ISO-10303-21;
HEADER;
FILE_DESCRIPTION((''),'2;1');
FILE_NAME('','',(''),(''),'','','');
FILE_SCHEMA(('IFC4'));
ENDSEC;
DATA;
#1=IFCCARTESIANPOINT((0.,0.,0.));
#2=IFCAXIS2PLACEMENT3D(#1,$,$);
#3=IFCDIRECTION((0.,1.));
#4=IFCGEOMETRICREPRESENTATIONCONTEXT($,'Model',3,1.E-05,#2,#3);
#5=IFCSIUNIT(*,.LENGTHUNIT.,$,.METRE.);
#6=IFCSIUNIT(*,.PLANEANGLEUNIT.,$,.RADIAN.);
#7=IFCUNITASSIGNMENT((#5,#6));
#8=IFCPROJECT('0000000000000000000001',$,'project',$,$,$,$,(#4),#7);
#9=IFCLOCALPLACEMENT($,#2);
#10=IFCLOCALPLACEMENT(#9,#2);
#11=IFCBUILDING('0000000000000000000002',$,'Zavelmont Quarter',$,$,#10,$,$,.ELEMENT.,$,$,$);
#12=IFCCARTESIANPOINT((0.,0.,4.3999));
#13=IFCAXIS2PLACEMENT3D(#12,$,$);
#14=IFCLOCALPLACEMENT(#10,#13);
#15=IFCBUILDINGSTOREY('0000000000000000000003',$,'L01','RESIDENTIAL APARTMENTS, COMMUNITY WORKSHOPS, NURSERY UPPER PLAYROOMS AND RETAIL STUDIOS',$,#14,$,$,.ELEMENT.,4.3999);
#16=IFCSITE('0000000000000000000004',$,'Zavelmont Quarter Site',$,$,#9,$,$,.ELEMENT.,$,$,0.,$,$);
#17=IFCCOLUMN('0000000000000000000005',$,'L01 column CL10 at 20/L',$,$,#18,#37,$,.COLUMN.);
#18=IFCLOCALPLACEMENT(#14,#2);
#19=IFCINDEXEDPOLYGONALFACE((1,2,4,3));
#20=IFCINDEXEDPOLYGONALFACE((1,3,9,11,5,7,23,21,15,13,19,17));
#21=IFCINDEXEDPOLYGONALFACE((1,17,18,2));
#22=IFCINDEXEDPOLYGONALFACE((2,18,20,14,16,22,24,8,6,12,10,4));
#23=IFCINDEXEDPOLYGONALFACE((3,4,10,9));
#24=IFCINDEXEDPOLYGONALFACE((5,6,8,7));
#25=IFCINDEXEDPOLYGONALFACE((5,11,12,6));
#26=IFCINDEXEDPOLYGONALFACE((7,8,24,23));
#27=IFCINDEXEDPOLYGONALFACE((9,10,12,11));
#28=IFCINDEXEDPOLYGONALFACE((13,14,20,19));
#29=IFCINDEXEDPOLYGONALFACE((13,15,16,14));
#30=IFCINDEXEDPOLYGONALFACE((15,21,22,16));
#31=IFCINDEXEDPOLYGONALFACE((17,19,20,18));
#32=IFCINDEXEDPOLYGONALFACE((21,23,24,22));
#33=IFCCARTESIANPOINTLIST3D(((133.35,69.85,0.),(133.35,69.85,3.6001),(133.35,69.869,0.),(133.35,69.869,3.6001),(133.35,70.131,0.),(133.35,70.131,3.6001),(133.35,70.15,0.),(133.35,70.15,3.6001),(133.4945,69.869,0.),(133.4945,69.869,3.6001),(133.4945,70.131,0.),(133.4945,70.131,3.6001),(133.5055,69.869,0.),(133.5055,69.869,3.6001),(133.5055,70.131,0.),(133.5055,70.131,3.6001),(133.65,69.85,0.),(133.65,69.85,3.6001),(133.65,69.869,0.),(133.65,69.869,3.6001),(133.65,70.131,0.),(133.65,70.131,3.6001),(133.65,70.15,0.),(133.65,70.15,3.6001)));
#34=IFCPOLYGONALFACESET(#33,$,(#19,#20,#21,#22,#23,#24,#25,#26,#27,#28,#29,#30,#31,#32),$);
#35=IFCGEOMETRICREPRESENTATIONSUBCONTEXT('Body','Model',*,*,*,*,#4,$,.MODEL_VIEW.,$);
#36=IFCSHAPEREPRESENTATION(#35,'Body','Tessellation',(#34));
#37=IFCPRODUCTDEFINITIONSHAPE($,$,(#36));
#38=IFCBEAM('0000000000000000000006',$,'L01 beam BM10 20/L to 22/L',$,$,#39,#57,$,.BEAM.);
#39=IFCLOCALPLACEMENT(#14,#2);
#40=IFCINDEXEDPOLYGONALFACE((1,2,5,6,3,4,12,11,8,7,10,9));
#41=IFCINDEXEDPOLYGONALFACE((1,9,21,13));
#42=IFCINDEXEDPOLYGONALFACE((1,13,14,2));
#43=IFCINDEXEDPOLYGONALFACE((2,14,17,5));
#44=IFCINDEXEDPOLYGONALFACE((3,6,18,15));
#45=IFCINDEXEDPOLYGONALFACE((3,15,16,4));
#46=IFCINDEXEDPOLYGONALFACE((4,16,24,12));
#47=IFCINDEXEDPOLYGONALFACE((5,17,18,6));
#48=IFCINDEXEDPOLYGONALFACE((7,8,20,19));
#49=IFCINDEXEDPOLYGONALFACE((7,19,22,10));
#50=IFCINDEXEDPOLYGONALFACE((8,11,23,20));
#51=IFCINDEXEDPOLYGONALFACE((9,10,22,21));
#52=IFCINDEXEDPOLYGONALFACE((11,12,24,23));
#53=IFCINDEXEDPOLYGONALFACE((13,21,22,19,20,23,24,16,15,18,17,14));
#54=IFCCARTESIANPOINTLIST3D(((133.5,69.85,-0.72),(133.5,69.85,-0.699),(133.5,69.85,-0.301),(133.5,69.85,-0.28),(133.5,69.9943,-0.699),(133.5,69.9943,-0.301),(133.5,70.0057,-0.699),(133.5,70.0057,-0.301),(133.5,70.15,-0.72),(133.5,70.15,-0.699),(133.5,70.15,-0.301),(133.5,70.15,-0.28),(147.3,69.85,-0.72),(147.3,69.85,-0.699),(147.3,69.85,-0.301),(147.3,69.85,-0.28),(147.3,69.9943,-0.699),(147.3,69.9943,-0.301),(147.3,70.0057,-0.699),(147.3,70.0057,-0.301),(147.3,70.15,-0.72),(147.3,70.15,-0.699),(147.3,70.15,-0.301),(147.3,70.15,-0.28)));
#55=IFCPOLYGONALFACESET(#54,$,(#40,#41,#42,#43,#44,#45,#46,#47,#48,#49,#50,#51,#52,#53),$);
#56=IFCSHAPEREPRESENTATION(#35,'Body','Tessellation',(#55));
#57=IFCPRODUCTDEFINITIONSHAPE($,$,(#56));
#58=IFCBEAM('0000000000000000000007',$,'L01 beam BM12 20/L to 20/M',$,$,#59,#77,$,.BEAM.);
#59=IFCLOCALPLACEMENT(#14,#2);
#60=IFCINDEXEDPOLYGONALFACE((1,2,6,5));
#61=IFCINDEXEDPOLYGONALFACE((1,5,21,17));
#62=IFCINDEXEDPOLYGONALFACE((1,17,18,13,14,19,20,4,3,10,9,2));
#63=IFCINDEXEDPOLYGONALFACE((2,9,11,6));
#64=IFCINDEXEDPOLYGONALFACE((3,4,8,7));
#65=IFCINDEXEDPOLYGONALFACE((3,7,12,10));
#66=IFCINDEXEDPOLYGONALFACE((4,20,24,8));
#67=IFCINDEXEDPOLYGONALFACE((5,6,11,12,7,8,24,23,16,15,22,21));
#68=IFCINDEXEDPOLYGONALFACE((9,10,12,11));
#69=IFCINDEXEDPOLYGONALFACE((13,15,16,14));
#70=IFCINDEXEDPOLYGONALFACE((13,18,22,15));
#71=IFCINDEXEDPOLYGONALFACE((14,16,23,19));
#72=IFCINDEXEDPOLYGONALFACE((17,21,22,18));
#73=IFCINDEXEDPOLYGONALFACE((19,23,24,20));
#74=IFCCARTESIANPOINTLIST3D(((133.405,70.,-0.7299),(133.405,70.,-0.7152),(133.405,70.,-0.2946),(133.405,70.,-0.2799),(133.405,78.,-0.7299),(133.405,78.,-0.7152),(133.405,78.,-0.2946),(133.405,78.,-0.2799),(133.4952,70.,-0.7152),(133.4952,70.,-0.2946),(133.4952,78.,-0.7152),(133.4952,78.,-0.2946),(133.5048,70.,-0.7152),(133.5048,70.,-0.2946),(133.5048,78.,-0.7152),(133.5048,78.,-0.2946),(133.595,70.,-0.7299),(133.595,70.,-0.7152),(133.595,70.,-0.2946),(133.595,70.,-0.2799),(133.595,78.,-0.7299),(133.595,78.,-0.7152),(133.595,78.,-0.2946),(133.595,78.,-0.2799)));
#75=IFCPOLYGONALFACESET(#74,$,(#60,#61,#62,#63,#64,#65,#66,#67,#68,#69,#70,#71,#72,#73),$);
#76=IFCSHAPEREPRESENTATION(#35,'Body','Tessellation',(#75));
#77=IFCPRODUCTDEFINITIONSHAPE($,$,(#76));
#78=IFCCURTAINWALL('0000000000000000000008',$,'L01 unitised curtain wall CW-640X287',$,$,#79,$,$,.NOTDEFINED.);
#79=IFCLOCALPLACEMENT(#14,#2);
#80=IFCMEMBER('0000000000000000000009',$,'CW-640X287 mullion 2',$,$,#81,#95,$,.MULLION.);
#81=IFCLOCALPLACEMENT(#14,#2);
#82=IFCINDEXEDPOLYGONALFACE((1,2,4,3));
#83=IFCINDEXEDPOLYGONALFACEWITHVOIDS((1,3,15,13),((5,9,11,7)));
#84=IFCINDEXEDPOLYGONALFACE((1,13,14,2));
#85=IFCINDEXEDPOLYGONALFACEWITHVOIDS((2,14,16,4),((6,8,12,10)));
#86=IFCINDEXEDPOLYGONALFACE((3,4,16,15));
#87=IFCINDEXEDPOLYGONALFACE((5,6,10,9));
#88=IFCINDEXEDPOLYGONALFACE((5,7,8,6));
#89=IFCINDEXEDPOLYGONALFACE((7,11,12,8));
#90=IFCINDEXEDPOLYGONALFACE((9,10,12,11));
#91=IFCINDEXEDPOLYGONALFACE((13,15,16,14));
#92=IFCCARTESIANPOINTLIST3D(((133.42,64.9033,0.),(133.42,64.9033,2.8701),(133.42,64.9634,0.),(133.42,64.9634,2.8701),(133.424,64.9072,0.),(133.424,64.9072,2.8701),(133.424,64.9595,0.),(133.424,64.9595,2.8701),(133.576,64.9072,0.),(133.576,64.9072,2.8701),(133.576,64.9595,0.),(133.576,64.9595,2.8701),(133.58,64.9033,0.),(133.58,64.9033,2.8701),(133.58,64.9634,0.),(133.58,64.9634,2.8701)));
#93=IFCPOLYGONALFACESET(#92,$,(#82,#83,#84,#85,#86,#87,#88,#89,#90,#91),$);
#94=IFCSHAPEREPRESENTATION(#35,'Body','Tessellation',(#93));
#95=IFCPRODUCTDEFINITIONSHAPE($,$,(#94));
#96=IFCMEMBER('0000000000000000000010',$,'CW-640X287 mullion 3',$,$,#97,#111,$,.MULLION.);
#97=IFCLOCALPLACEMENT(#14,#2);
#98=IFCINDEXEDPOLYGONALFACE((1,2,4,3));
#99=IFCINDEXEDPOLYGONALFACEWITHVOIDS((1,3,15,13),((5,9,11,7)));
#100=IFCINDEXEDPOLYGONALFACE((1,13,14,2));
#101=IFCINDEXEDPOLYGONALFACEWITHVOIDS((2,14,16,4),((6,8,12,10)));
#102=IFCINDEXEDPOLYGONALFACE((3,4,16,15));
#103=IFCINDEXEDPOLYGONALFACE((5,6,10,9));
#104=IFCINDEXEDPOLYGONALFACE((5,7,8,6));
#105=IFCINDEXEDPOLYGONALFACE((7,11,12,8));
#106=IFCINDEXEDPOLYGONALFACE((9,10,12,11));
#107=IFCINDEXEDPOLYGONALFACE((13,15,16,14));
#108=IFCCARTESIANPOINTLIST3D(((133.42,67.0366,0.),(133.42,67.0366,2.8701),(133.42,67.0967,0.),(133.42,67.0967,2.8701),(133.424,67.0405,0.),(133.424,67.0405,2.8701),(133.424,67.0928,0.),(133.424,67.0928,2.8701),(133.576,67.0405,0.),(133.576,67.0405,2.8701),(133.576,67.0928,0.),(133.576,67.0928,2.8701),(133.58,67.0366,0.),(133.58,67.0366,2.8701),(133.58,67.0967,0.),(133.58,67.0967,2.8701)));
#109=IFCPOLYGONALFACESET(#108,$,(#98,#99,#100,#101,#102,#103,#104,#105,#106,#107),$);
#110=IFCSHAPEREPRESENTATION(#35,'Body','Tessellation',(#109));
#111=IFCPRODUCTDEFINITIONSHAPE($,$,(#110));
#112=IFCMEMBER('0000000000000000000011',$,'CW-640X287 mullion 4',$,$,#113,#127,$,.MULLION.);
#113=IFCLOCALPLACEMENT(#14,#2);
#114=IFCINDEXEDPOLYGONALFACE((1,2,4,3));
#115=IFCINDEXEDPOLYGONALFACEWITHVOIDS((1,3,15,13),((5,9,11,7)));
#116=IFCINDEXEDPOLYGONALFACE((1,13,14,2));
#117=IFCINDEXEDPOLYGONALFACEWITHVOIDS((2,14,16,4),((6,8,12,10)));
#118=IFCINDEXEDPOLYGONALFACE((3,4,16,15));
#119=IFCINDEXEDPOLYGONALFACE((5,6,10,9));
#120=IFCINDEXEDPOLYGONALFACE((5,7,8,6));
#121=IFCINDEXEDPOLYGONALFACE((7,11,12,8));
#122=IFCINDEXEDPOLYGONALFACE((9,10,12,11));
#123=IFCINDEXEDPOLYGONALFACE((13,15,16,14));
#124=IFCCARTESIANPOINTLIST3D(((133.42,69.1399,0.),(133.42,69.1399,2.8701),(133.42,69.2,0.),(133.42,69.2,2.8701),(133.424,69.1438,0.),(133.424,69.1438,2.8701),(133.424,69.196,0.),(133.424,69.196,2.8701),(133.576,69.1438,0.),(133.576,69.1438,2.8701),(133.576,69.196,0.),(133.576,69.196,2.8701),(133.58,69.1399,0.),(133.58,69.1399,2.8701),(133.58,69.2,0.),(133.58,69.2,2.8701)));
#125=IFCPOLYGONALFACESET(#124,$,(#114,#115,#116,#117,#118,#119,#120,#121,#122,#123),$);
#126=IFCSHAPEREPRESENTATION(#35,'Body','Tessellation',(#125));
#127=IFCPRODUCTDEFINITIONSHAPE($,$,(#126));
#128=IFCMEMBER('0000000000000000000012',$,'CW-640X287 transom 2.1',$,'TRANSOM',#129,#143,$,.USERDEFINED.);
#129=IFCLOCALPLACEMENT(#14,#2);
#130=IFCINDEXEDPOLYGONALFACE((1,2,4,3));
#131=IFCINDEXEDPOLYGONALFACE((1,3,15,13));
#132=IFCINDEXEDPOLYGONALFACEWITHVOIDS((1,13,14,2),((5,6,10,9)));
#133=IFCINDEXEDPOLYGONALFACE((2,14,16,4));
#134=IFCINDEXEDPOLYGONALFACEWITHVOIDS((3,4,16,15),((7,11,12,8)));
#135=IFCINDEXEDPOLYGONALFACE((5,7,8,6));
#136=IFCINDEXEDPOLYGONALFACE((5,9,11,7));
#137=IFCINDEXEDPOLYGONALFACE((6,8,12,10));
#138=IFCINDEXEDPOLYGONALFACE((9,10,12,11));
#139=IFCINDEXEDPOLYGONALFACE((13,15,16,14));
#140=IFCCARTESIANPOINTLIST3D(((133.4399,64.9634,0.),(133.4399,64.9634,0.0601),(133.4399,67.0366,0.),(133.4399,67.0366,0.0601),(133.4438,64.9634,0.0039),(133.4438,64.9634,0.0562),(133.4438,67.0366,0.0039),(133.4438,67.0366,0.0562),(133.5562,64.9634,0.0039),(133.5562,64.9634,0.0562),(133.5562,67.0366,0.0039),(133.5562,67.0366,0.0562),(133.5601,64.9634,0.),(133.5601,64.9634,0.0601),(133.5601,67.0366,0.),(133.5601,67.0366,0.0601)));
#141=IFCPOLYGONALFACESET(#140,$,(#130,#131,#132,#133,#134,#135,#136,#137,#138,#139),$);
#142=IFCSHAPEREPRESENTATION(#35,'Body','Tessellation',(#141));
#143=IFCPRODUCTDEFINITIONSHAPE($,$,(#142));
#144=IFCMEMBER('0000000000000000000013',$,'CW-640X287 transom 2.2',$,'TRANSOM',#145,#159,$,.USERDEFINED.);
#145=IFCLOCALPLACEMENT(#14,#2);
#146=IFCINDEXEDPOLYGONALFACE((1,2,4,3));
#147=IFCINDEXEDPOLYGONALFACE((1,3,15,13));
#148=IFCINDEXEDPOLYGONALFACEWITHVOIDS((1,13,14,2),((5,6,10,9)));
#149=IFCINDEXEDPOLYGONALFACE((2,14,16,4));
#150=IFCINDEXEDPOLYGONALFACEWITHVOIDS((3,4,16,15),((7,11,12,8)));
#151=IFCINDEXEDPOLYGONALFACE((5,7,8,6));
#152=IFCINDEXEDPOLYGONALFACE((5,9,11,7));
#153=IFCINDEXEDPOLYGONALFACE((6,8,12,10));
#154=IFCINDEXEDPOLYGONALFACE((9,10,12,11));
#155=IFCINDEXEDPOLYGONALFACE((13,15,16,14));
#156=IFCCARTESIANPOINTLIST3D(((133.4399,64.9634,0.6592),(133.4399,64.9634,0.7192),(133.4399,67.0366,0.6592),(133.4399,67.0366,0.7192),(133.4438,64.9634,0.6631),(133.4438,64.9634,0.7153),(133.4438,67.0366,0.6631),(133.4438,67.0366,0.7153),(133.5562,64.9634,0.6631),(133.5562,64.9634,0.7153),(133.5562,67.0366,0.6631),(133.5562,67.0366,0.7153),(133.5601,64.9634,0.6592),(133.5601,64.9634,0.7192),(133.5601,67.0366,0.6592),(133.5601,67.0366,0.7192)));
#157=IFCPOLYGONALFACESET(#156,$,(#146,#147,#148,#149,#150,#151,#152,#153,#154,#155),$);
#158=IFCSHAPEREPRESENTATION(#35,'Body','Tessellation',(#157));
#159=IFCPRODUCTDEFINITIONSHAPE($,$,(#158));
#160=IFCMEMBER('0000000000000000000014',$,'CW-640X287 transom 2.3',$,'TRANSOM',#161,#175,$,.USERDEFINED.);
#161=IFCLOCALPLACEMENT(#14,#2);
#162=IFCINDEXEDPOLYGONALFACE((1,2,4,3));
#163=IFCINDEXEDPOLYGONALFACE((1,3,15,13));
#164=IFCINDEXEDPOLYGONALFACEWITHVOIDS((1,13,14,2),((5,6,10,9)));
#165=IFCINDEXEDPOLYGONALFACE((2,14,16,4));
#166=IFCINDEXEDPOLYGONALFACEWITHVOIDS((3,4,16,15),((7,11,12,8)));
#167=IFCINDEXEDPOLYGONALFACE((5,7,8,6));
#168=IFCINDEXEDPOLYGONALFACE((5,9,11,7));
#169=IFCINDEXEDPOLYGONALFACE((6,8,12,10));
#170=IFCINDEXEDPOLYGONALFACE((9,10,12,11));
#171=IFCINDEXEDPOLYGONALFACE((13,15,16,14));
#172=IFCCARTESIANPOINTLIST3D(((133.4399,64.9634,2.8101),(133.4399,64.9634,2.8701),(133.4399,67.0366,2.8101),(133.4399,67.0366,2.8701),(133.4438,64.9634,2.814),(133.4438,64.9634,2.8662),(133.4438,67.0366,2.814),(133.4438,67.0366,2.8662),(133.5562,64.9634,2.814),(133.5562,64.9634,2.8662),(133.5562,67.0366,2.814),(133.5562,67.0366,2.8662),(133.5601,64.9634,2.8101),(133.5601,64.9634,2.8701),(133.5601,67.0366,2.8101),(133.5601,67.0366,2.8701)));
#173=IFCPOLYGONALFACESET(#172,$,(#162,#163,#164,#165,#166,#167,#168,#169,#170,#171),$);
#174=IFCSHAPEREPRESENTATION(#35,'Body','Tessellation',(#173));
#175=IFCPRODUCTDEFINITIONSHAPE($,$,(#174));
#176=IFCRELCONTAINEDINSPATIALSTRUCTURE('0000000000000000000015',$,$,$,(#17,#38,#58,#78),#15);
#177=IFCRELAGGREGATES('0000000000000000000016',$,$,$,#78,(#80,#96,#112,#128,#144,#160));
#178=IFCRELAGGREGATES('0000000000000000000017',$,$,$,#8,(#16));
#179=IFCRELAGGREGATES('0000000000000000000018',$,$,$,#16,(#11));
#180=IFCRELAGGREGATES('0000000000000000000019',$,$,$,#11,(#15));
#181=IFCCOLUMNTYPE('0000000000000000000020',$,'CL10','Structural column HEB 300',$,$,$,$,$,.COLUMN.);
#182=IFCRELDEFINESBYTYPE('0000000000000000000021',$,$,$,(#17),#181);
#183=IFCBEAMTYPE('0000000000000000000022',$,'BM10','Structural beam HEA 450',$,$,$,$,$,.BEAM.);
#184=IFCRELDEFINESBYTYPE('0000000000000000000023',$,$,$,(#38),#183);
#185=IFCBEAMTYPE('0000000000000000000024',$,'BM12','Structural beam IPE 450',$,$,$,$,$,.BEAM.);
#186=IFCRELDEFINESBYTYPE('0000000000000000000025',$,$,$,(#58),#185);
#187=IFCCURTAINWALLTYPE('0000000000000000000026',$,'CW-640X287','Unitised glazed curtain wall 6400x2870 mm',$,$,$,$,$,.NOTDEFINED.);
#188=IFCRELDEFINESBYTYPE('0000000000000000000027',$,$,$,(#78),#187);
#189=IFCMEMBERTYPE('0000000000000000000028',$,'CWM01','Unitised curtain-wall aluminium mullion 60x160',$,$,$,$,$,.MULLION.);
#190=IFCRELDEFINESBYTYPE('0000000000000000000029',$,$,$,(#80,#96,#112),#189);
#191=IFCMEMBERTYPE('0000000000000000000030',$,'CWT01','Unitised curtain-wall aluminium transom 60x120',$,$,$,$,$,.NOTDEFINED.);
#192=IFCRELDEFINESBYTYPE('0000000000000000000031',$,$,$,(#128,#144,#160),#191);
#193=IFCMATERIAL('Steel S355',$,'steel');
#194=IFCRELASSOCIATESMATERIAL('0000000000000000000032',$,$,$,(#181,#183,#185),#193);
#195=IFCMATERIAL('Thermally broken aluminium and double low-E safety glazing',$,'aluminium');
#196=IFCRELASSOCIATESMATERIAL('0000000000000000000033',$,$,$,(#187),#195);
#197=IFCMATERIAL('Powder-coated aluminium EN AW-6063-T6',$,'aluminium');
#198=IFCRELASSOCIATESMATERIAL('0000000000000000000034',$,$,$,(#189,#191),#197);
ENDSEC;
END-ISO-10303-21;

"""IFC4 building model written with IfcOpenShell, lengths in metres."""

from ifc_helpers import new_model, si_unit, direction, frame, origin, origin_2d, place, context, subcontext, project, spatial, hollow_rectangle, i_section, extrude, material, material_profile, profile_set, type_object, element, aggregate, save


model = new_model("IFC4")

# Units and contexts
model_context = context("Model", 3, precision=1e-05, world=origin(), true_north=direction((0.0, 1.0)))
body_context = subcontext(model_context, "Body", "Model", "MODEL_VIEW")
ifc_project = project(units=[si_unit("LENGTHUNIT", "METRE"), si_unit("PLANEANGLEUNIT", "RADIAN")], contexts=[model_context])

# Site, building, storey
site_placement = place(None, origin())
site = spatial("IfcSite", under=ifc_project, at=site_placement, Name="Zavelmont Quarter Site", CompositionType="ELEMENT", RefElevation=0.0)
building_placement = place(site_placement, origin())
building = spatial("IfcBuilding", under=site, at=building_placement, Name="Zavelmont Quarter", CompositionType="ELEMENT")
storey_placement = place(building_placement, frame((0.0, 0.0, 4.3999)))
storey = spatial("IfcBuildingStorey", under=building, at=storey_placement, Name="L01", Description="RESIDENTIAL APARTMENTS, COMMUNITY WORKSHOPS, NURSERY UPPER PLAYROOMS AND RETAIL STUDIOS", CompositionType="ELEMENT", Elevation=4.3999)

# Column
ifc_material_1 = material(Name="Steel S355", Category="steel")
ifc_material_profile_1 = material_profile(ifc_material_1, i_section(OverallWidth=0.3, OverallDepth=0.3, WebThickness=0.011, FlangeThickness=0.019, at=origin_2d()), Name="HEB 300")
ifc_profile_set_1 = profile_set([ifc_material_profile_1], Name="Steel S355")
column_type = type_object("IfcColumnType", Name="CL10", Description="Structural column HEB 300", PredefinedType="COLUMN", material=ifc_profile_set_1)
column_placement = place(storey_placement, frame((133.5, 70.0, 0.0), z_axis=(0.0, 0.0, 1.0), x_axis=(1.0, 0.0, 0.0)))
element("IfcColumn", 1, at=column_placement, inside=storey, type_object=column_type, Name="L01 column CL10 at 20/L", PredefinedType="COLUMN", context=body_context, shape_type="SweptSolid", body=[
    extrude(i_section(OverallWidth=0.3, OverallDepth=0.3, WebThickness=0.011, FlangeThickness=0.019, at=origin_2d()), origin(), (0.0, 0.0, 1.0), 3.6001),
])

# Beams
ifc_material_profile_2 = material_profile(ifc_material_1, i_section(OverallWidth=0.3, OverallDepth=0.4399, WebThickness=0.0115, FlangeThickness=0.021, at=origin_2d()), Name="HEA 450")
ifc_profile_set_2 = profile_set([ifc_material_profile_2], Name="Steel S355")
beam_type_1 = type_object("IfcBeamType", Name="BM10", Description="Structural beam HEA 450", PredefinedType="BEAM", material=ifc_profile_set_2)
beam_1_placement = place(storey_placement, frame((133.5, 70.0, -0.5), z_axis=(1.0, 0.0, 0.0), x_axis=(0.0, 1.0, 0.0)))
element("IfcBeam", 2, at=beam_1_placement, inside=storey, type_object=beam_type_1, Name="L01 beam BM10 20/L to 22/L", PredefinedType="BEAM", context=body_context, shape_type="SweptSolid", body=[
    extrude(i_section(OverallWidth=0.3, OverallDepth=0.4399, WebThickness=0.0115, FlangeThickness=0.021, at=origin_2d()), origin(), (0.0, 0.0, 1.0), 13.8),
])
ifc_material_profile_3 = material_profile(ifc_material_1, i_section(OverallWidth=0.1899, OverallDepth=0.45, WebThickness=0.0095, FlangeThickness=0.0146, at=origin_2d()), Name="IPE 450")
ifc_profile_set_3 = profile_set([ifc_material_profile_3], Name="Steel S355")
beam_type_2 = type_object("IfcBeamType", Name="BM12", Description="Structural beam IPE 450", PredefinedType="BEAM", material=ifc_profile_set_3)
beam_2_placement = place(storey_placement, frame((133.5, 70.0, -0.5049), z_axis=(0.0, 1.0, 0.0), x_axis=(-1.0, 0.0, 0.0)))
element("IfcBeam", 3, at=beam_2_placement, inside=storey, type_object=beam_type_2, Name="L01 beam BM12 20/L to 20/M", PredefinedType="BEAM", context=body_context, shape_type="SweptSolid", body=[
    extrude(i_section(OverallWidth=0.1899, OverallDepth=0.45, WebThickness=0.0095, FlangeThickness=0.0146, at=origin_2d()), origin(), (0.0, 0.0, 1.0), 8.0),
])

# Curtain wall, members
ifc_material_2 = material(Name="Thermally broken aluminium and double low-E safety glazing", Category="aluminium")
curtain_wall_type = type_object("IfcCurtainWallType", Name="CW-640X287", Description="Unitised glazed curtain wall 6400x2870 mm", PredefinedType="NOTDEFINED", material=ifc_material_2)
curtain_wall_placement = place(storey_placement, origin())
curtain_wall = element("IfcCurtainWall", 4, at=curtain_wall_placement, inside=storey, type_object=curtain_wall_type, Name="L01 unitised curtain wall CW-640X287", PredefinedType="NOTDEFINED")
ifc_material_3 = material(Name="Powder-coated aluminium EN AW-6063-T6", Category="aluminium")
ifc_material_profile_4 = material_profile(ifc_material_3, hollow_rectangle(XDim=0.0601, YDim=0.1599, WallThickness=0.0039, at=origin_2d()), Name="CWM60X160")
ifc_profile_set_4 = profile_set([ifc_material_profile_4], Name="Powder-coated aluminium EN AW-6063-T6")
member_type_1 = type_object("IfcMemberType", Name="CWM01", Description="Unitised curtain-wall aluminium mullion 60x160", PredefinedType="MULLION", material=ifc_profile_set_4)
member_1_placement = place(storey_placement, frame((133.5, 64.9333, 0.0), z_axis=(0.0, 0.0, 1.0), x_axis=(0.0, 1.0, 0.0)))
member_1 = element("IfcMember", 5, at=member_1_placement, type_object=member_type_1, Name="CW-640X287 mullion 2", PredefinedType="MULLION", context=body_context, shape_type="SweptSolid", body=[
    extrude(hollow_rectangle(XDim=0.0601, YDim=0.1599, WallThickness=0.0039, at=origin_2d()), origin(), (0.0, 0.0, 1.0), 2.8701),
])
member_2_placement = place(storey_placement, frame((133.5, 67.0667, 0.0), z_axis=(0.0, 0.0, 1.0), x_axis=(0.0, 1.0, 0.0)))
member_2 = element("IfcMember", 6, at=member_2_placement, type_object=member_type_1, Name="CW-640X287 mullion 3", PredefinedType="MULLION", context=body_context, shape_type="SweptSolid", body=[
    extrude(hollow_rectangle(XDim=0.0601, YDim=0.1599, WallThickness=0.0039, at=origin_2d()), origin(), (0.0, 0.0, 1.0), 2.8701),
])
member_3_placement = place(storey_placement, frame((133.5, 69.1699, 0.0), z_axis=(0.0, 0.0, 1.0), x_axis=(0.0, 1.0, 0.0)))
member_3 = element("IfcMember", 7, at=member_3_placement, type_object=member_type_1, Name="CW-640X287 mullion 4", PredefinedType="MULLION", context=body_context, shape_type="SweptSolid", body=[
    extrude(hollow_rectangle(XDim=0.0601, YDim=0.1599, WallThickness=0.0039, at=origin_2d()), origin(), (0.0, 0.0, 1.0), 2.8701),
])
ifc_material_profile_5 = material_profile(ifc_material_3, hollow_rectangle(XDim=0.1201, YDim=0.0601, WallThickness=0.0039, at=origin_2d()), Name="CWT60X120")
ifc_profile_set_5 = profile_set([ifc_material_profile_5], Name="Powder-coated aluminium EN AW-6063-T6")
member_type_2 = type_object("IfcMemberType", Name="CWT01", Description="Unitised curtain-wall aluminium transom 60x120", PredefinedType="NOTDEFINED", material=ifc_profile_set_5)
member_4_placement = place(storey_placement, frame((133.5, 64.9634, 0.03), z_axis=(0.0, 1.0, 0.0), x_axis=(-1.0, 0.0, 0.0)))
member_4 = element("IfcMember", 8, at=member_4_placement, type_object=member_type_2, Name="CW-640X287 transom 2.1", ObjectType="TRANSOM", PredefinedType="USERDEFINED", context=body_context, shape_type="SweptSolid", body=[
    extrude(hollow_rectangle(XDim=0.1201, YDim=0.0601, WallThickness=0.0039, at=origin_2d()), origin(), (0.0, 0.0, 1.0), 2.0732),
])
member_5_placement = place(storey_placement, frame((133.5, 64.9634, 0.6892), z_axis=(0.0, 1.0, 0.0), x_axis=(-1.0, 0.0, 0.0)))
member_5 = element("IfcMember", 9, at=member_5_placement, type_object=member_type_2, Name="CW-640X287 transom 2.2", ObjectType="TRANSOM", PredefinedType="USERDEFINED", context=body_context, shape_type="SweptSolid", body=[
    extrude(hollow_rectangle(XDim=0.1201, YDim=0.0601, WallThickness=0.0039, at=origin_2d()), origin(), (0.0, 0.0, 1.0), 2.0732),
])
member_6_placement = place(storey_placement, frame((133.5, 64.9634, 2.8401), z_axis=(0.0, 1.0, 0.0), x_axis=(-1.0, 0.0, 0.0)))
member_6 = element("IfcMember", 10, at=member_6_placement, type_object=member_type_2, Name="CW-640X287 transom 2.3", ObjectType="TRANSOM", PredefinedType="USERDEFINED", context=body_context, shape_type="SweptSolid", body=[
    extrude(hollow_rectangle(XDim=0.1201, YDim=0.0601, WallThickness=0.0039, at=origin_2d()), origin(), (0.0, 0.0, 1.0), 2.0732),
])
aggregate(curtain_wall, [member_1, member_2, member_3, member_4, member_5, member_6])

save(model, "model.ifc")
